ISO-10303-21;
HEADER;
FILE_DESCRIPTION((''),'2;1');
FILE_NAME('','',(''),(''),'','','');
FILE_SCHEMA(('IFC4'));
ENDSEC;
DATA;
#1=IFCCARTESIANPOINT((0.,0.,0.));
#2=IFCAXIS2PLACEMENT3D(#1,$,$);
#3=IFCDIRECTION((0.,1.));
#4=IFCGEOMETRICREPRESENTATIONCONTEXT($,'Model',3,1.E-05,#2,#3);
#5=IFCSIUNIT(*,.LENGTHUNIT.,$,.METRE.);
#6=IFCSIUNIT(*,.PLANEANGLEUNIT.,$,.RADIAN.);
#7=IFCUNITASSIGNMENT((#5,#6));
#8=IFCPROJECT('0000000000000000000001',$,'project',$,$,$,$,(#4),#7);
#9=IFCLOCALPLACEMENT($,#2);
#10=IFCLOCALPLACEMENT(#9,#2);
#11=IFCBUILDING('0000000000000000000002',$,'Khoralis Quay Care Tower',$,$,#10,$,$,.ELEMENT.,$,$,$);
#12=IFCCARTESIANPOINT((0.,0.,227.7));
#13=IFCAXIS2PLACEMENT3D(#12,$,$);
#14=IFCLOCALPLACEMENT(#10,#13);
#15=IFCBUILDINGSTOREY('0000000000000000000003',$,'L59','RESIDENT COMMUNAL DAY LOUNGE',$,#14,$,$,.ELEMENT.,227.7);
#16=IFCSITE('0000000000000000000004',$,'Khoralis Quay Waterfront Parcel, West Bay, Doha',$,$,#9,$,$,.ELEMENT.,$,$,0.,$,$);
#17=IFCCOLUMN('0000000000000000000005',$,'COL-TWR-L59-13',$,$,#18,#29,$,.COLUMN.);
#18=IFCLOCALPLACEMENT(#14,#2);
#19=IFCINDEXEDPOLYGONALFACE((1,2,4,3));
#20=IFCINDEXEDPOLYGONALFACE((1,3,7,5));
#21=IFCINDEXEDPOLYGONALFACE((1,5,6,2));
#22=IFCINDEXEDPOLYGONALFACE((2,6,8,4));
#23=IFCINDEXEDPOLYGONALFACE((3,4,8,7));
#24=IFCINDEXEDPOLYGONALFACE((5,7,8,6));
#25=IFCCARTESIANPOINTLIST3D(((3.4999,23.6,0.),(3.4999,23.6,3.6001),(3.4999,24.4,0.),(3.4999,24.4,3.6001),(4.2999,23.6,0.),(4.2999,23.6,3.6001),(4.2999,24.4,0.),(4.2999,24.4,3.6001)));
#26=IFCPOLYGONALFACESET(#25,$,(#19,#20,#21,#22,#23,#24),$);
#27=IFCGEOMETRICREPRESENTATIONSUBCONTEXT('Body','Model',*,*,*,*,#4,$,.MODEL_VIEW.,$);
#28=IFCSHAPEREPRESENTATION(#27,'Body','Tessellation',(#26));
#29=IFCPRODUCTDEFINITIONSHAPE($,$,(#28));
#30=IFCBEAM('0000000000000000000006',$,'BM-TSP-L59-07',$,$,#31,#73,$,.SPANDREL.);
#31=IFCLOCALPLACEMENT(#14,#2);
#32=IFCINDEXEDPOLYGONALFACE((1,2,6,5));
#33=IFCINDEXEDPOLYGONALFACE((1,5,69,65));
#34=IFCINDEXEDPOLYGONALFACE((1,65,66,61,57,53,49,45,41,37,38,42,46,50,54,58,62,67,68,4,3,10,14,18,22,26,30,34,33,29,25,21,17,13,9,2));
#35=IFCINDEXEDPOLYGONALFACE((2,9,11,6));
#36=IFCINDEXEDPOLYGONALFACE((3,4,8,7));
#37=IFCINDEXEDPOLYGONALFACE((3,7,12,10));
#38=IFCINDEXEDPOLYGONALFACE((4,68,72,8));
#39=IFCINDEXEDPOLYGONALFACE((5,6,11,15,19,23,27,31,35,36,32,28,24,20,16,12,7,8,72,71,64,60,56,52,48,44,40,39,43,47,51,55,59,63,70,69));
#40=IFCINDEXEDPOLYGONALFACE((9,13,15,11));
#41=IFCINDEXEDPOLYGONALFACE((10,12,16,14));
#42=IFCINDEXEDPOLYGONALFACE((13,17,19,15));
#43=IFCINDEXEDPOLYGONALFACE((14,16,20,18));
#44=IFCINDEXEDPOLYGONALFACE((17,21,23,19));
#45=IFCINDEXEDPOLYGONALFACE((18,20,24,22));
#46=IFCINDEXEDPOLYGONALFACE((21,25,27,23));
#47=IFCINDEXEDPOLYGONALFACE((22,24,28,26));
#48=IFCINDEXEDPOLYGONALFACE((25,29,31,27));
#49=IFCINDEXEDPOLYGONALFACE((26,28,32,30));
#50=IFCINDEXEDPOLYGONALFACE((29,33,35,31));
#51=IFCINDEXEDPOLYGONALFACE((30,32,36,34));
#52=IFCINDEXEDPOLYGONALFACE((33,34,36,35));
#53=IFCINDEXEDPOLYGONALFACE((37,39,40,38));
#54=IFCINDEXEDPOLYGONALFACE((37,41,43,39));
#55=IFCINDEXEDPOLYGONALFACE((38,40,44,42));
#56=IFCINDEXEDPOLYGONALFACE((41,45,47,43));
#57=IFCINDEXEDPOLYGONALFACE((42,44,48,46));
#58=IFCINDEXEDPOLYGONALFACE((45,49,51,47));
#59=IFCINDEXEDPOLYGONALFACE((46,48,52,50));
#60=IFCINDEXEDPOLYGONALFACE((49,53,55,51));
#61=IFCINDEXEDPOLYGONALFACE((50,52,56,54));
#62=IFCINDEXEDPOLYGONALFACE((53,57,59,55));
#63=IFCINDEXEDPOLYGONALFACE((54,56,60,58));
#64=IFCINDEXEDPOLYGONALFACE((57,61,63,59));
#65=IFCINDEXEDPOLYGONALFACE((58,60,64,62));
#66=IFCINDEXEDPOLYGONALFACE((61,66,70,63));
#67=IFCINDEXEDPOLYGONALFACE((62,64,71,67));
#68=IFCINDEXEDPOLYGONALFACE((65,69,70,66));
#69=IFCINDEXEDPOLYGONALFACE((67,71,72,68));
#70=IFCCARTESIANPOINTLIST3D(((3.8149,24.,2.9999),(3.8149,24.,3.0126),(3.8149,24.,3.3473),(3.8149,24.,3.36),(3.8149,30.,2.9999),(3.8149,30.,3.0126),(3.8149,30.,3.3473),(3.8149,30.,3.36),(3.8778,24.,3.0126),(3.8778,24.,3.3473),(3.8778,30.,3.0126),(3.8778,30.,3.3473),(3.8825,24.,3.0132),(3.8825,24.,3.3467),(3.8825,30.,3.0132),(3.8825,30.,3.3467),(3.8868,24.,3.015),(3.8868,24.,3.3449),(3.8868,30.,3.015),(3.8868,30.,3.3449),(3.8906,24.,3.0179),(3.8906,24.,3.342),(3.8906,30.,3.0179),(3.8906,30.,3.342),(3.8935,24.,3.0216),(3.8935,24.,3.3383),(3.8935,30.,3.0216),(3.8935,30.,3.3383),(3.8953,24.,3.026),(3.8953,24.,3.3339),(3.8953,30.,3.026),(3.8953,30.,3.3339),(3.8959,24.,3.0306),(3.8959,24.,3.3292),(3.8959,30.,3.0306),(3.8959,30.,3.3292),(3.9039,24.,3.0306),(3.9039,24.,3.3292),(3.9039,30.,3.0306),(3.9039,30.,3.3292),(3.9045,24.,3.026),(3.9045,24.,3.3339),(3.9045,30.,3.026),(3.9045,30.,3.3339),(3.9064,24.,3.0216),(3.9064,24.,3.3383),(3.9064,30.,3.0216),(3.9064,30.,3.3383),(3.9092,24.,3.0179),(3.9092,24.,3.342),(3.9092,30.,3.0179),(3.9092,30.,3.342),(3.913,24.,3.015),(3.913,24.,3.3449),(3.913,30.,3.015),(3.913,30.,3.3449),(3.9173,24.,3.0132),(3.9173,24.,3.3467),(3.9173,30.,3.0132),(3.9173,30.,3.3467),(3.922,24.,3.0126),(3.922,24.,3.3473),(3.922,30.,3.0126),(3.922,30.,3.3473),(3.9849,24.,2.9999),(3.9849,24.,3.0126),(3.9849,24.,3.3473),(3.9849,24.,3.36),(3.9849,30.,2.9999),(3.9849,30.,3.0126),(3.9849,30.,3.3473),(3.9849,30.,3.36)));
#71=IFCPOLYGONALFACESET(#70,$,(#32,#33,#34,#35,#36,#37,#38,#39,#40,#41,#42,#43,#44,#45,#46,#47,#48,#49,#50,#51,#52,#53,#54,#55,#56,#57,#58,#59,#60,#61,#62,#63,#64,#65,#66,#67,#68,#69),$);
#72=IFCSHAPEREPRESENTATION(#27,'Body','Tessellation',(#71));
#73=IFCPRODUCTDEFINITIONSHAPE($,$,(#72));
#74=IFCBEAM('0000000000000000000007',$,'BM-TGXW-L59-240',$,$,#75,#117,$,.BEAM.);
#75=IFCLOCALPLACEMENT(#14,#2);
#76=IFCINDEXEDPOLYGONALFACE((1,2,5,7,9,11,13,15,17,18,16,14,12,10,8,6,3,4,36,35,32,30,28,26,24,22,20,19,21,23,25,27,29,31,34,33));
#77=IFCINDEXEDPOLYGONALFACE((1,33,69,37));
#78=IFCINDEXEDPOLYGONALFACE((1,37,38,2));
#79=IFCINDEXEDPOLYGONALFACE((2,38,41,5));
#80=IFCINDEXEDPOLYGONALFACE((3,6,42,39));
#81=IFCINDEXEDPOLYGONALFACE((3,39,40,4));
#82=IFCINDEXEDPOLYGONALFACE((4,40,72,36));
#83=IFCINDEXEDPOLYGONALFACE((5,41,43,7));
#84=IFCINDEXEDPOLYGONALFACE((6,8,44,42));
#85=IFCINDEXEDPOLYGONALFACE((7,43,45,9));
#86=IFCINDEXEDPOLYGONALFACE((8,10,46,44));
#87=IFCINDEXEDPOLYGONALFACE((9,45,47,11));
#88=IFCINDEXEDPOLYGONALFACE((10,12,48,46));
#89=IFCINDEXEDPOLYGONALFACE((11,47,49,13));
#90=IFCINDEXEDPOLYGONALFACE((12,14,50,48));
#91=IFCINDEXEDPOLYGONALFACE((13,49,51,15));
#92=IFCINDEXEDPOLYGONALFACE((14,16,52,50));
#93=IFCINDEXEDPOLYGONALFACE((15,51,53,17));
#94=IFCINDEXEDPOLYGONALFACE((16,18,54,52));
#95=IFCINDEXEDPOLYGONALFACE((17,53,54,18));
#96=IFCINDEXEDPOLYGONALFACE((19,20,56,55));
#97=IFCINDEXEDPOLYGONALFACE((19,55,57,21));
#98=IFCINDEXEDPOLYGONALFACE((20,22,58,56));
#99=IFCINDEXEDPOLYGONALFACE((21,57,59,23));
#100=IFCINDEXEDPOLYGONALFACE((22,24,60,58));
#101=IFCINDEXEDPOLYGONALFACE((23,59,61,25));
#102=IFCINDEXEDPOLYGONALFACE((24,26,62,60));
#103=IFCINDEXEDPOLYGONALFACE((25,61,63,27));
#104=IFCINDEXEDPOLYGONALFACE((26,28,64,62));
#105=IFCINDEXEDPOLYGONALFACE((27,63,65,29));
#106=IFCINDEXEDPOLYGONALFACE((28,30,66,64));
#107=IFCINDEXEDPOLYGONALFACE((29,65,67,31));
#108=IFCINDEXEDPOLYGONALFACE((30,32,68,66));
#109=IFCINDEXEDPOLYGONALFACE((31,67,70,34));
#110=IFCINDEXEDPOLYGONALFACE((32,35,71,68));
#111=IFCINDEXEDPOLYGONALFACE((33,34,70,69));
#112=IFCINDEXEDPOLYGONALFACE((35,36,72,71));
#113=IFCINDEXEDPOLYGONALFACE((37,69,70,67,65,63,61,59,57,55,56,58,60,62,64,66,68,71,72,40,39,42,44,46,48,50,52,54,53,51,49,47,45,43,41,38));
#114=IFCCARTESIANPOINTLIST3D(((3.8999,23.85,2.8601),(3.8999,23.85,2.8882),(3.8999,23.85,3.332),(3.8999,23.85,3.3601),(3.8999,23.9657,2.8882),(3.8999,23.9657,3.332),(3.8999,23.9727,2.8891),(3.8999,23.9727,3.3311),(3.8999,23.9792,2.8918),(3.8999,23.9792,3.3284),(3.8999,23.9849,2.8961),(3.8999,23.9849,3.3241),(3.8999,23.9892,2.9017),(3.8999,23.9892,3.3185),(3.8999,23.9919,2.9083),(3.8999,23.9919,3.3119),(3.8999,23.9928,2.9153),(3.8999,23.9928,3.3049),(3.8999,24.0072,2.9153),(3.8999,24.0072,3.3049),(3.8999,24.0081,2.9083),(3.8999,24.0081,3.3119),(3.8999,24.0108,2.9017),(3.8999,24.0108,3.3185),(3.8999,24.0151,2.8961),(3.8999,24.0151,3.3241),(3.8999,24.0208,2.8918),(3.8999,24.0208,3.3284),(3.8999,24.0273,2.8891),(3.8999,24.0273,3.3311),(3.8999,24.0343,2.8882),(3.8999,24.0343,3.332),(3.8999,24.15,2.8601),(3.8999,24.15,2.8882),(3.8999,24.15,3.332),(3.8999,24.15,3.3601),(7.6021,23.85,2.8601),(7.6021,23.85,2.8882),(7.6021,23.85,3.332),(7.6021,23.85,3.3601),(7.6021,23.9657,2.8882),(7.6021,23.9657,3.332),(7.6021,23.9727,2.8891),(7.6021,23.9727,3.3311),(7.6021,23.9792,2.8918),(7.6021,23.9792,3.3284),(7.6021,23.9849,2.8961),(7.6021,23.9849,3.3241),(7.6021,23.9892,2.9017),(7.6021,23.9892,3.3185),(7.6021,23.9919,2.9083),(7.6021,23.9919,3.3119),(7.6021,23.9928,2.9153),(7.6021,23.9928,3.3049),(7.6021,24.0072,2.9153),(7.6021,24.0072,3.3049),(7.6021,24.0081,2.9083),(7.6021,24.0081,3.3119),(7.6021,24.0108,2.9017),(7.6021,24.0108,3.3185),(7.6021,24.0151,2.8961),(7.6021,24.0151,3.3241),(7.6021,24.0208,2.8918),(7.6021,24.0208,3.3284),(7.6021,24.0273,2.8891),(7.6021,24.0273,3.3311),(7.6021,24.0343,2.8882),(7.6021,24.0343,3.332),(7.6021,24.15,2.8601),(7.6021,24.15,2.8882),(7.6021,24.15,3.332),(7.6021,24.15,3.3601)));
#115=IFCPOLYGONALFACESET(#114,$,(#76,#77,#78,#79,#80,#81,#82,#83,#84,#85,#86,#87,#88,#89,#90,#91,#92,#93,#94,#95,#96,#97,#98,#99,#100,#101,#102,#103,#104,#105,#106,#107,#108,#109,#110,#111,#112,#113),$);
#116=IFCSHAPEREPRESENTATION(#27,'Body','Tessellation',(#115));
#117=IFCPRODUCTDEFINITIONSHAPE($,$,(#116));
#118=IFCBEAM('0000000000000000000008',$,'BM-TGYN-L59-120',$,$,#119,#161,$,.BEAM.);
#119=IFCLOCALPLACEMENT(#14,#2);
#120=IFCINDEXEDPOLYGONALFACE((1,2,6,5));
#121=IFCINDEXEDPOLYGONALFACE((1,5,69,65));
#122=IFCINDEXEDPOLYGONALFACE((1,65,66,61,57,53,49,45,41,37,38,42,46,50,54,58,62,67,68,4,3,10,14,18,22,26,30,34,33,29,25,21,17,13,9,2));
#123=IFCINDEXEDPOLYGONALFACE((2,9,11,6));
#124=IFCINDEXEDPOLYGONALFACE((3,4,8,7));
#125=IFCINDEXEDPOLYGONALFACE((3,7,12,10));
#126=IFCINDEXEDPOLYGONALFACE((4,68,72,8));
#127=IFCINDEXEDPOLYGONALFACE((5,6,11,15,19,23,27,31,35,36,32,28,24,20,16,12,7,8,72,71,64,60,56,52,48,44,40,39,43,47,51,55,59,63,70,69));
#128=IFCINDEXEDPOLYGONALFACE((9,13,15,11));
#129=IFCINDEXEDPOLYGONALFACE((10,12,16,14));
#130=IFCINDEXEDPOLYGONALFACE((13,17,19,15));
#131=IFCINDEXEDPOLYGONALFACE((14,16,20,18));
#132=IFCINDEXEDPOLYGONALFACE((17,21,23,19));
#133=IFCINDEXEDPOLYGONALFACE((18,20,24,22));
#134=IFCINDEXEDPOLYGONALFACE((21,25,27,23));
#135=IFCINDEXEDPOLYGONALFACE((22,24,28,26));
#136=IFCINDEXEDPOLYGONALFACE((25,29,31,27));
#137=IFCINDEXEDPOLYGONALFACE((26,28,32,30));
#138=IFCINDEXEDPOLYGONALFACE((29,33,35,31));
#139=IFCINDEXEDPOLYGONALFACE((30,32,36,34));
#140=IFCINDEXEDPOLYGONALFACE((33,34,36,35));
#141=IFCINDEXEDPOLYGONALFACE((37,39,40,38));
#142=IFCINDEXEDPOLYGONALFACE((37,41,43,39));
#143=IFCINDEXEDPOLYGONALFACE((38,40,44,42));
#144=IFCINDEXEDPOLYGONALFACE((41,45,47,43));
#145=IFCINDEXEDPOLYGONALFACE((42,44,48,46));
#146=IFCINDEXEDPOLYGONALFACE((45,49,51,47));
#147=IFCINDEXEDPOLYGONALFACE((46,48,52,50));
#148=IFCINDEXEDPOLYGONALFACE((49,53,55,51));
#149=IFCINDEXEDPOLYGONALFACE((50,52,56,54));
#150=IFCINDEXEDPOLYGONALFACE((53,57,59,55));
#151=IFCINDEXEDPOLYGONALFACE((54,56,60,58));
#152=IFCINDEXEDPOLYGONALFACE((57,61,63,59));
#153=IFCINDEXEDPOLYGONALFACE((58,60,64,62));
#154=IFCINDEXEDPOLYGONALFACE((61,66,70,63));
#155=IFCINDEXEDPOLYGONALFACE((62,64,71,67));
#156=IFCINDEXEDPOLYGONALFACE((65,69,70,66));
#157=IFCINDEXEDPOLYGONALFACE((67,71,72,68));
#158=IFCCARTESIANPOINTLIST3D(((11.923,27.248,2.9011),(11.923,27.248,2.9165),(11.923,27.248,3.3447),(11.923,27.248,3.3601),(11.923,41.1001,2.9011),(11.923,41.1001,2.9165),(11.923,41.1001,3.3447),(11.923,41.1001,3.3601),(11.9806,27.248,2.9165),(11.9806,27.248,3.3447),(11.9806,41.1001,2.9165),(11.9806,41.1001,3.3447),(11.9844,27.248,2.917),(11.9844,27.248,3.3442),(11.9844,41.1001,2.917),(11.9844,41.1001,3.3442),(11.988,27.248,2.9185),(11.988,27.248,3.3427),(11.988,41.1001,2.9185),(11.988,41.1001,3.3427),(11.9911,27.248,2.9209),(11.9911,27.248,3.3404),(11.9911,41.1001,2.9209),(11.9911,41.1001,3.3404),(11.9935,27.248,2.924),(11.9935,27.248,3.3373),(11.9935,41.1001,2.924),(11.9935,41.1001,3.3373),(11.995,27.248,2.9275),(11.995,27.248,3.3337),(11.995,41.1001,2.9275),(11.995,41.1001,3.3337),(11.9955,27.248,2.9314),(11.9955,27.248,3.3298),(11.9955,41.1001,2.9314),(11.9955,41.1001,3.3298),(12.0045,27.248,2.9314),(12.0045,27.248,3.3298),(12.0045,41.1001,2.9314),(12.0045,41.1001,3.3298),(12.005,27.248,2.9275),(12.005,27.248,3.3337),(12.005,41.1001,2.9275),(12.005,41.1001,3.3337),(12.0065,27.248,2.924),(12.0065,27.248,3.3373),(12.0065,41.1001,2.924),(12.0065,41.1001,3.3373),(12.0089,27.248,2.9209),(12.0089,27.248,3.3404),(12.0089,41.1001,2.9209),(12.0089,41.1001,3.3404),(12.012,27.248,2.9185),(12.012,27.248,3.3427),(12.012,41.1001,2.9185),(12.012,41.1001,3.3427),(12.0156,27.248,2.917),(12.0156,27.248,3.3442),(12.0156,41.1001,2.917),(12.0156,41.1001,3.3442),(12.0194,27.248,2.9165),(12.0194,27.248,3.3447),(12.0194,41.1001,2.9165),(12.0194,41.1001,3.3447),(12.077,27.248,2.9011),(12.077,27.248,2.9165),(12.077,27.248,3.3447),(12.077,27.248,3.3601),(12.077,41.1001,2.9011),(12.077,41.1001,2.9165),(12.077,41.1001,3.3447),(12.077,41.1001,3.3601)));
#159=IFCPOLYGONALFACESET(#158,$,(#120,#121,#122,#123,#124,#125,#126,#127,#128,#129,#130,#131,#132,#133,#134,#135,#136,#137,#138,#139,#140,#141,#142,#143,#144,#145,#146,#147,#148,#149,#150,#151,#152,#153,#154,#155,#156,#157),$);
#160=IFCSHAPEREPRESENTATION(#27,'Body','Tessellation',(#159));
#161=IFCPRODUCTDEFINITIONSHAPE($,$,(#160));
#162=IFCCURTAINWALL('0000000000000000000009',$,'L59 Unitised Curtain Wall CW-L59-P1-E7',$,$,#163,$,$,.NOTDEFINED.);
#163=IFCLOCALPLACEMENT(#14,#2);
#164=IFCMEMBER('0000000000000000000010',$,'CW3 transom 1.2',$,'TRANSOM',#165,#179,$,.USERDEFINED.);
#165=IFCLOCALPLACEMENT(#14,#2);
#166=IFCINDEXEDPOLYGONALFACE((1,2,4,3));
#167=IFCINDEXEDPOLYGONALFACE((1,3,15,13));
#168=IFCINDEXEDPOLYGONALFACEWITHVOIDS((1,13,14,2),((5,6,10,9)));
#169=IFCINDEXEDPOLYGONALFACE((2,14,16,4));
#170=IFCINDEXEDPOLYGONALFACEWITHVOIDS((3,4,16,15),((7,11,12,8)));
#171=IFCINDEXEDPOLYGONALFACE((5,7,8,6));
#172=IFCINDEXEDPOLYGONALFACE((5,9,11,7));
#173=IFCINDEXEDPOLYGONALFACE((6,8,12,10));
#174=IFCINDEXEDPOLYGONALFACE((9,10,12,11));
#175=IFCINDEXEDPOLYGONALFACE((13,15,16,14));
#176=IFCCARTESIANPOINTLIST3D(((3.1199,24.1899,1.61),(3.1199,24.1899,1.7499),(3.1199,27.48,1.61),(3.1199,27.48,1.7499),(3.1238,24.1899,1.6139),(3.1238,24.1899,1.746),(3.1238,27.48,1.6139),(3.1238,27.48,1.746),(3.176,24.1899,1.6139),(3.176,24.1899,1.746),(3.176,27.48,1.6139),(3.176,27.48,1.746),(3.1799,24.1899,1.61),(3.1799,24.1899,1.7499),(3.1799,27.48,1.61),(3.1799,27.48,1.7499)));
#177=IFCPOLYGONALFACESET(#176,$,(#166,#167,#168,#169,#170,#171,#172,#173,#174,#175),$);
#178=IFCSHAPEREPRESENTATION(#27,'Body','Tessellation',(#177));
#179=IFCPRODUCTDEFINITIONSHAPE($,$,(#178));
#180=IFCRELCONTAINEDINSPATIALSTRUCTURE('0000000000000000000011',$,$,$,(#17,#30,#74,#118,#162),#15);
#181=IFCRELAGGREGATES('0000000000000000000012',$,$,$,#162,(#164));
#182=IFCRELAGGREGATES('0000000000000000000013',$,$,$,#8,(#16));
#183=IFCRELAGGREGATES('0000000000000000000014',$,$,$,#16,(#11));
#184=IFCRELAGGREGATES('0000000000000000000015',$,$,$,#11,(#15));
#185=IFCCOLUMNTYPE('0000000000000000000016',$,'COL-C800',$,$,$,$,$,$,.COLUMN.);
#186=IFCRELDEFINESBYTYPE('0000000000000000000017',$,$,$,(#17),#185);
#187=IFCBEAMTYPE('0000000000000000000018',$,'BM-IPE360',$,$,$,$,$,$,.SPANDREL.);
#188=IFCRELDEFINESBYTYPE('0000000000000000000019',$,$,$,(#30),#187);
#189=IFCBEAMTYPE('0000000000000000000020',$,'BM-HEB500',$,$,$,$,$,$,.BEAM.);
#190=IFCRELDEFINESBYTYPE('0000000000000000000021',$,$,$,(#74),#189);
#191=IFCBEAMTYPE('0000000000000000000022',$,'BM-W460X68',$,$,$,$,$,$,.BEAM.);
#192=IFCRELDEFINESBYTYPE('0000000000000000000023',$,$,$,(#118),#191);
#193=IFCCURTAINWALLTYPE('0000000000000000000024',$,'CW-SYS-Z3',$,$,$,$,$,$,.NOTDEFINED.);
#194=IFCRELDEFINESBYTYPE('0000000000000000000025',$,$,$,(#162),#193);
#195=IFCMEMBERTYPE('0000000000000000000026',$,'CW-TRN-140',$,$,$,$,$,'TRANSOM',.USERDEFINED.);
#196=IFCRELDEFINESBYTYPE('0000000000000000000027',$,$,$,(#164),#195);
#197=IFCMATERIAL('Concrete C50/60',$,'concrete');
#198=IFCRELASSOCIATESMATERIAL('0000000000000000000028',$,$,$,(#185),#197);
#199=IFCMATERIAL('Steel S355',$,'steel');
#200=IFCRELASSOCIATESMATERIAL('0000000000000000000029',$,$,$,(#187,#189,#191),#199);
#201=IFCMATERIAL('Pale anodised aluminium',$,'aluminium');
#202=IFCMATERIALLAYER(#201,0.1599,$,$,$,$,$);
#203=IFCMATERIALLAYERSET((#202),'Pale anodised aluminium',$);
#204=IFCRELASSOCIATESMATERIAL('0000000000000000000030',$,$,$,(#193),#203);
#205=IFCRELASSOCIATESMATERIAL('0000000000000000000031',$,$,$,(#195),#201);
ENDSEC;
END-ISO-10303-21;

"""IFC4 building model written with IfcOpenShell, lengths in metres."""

from ifc_helpers import new_model, si_unit, direction, frame, origin, origin_2d, place, context, subcontext, project, spatial, rectangle, hollow_rectangle, i_section, extrude, source, transform, mapped, material, layer, layer_set, material_profile, profile_set, type_object, element, aggregate, save


model = new_model("IFC4")

# Units and contexts
model_context = context("Model", 3, precision=1e-05, world=origin(), true_north=direction((0.0, 1.0)))
body_context = subcontext(model_context, "Body", "Model", "MODEL_VIEW")
ifc_project = project(units=[si_unit("LENGTHUNIT", "METRE"), si_unit("PLANEANGLEUNIT", "RADIAN")], contexts=[model_context])

# Site, building, storey
site_placement = place(None, origin())
site = spatial("IfcSite", under=ifc_project, at=site_placement, Name="Khoralis Quay Waterfront Parcel, West Bay, Doha", CompositionType="ELEMENT", RefElevation=0.0)
building_placement = place(site_placement, origin())
building = spatial("IfcBuilding", under=site, at=building_placement, Name="Khoralis Quay Care Tower", CompositionType="ELEMENT")
storey_placement = place(building_placement, frame((0.0, 0.0, 227.7)))
storey = spatial("IfcBuildingStorey", under=building, at=storey_placement, Name="L59", Description="RESIDENT COMMUNAL DAY LOUNGE", CompositionType="ELEMENT", Elevation=227.7)

# Column
ifc_material_1 = material(Name="Concrete C50/60", Category="concrete")
ifc_material_profile_1 = material_profile(ifc_material_1, rectangle(XDim=0.8, YDim=0.8, at=origin_2d()), Name="Concrete C50/60")
ifc_profile_set_1 = profile_set([ifc_material_profile_1], Name="Concrete C50/60")
column_type = type_object("IfcColumnType", Name="COL-C800", PredefinedType="COLUMN", material=ifc_profile_set_1)
shared_shape_1 = source(origin(), body_context, "Body", "SweptSolid", [
    extrude(rectangle(XDim=0.8, YDim=0.8, at=origin_2d()), origin(), (0.0, 0.0, 1.0), 3.6001),
])
column_placement = place(storey_placement, frame((3.8999, 24.0, 0.0), z_axis=(0.0, 0.0, 1.0), x_axis=(1.0, 0.0, 0.0)))
element("IfcColumn", 1, at=column_placement, inside=storey, type_object=column_type, Name="COL-TWR-L59-13", PredefinedType="COLUMN", context=body_context, shape_type="MappedRepresentation", body=[
    mapped(shared_shape_1, transform((0.0, 0.0, 0.0), scale=1.0)),
])

# Beams
ifc_material_2 = material(Name="Steel S355", Category="steel")
ifc_material_profile_2 = material_profile(ifc_material_2, i_section(OverallWidth=0.1699, OverallDepth=0.3601, WebThickness=0.0081, FlangeThickness=0.0127, FilletRadius=0.0181, at=origin_2d()), Name="Steel S355")
ifc_profile_set_2 = profile_set([ifc_material_profile_2], Name="Steel S355")
beam_type_1 = type_object("IfcBeamType", Name="BM-IPE360", PredefinedType="SPANDREL", material=ifc_profile_set_2)
shared_shape_2 = source(origin(), body_context, "Body", "SweptSolid", [
    extrude(i_section(OverallWidth=0.1699, OverallDepth=0.3601, WebThickness=0.0081, FlangeThickness=0.0127, FilletRadius=0.0181, at=origin_2d()), origin(), (0.0, 0.0, 1.0), 6.0),
])
beam_1_placement = place(storey_placement, frame((3.8999, 24.0, 3.1799), z_axis=(0.0, 1.0, 0.0), x_axis=(-1.0, 0.0, 0.0)))
element("IfcBeam", 2, at=beam_1_placement, inside=storey, type_object=beam_type_1, Name="BM-TSP-L59-07", PredefinedType="SPANDREL", context=body_context, shape_type="MappedRepresentation", body=[
    mapped(shared_shape_2, transform((0.0, 0.0, 0.0), scale=1.0)),
])
ifc_material_profile_3 = material_profile(ifc_material_2, i_section(OverallWidth=0.3, OverallDepth=0.5, WebThickness=0.0144, FlangeThickness=0.0281, FilletRadius=0.0271, at=origin_2d()), Name="Steel S355")
ifc_profile_set_3 = profile_set([ifc_material_profile_3], Name="Steel S355")
beam_type_2 = type_object("IfcBeamType", Name="BM-HEB500", PredefinedType="BEAM", material=ifc_profile_set_3)
shared_shape_3 = source(origin(), body_context, "Body", "SweptSolid", [
    extrude(i_section(OverallWidth=0.3, OverallDepth=0.5, WebThickness=0.0144, FlangeThickness=0.0281, FilletRadius=0.0271, at=origin_2d()), origin(), (0.0, 0.0, 1.0), 3.7021),
])
beam_2_placement = place(storey_placement, frame((3.8999, 24.0, 3.1101), z_axis=(1.0, 0.0, 0.0), x_axis=(0.0, 1.0, 0.0)))
element("IfcBeam", 3, at=beam_2_placement, inside=storey, type_object=beam_type_2, Name="BM-TGXW-L59-240", PredefinedType="BEAM", context=body_context, shape_type="MappedRepresentation", body=[
    mapped(shared_shape_3, transform((0.0, 0.0, 0.0), scale=1.0)),
])
ifc_material_profile_4 = material_profile(ifc_material_2, i_section(OverallWidth=0.1541, OverallDepth=0.459, WebThickness=0.009, FlangeThickness=0.0154, FilletRadius=0.0149, at=origin_2d()), Name="Steel S355")
ifc_profile_set_4 = profile_set([ifc_material_profile_4], Name="Steel S355")
beam_type_3 = type_object("IfcBeamType", Name="BM-W460X68", PredefinedType="BEAM", material=ifc_profile_set_4)
shared_shape_4 = source(origin(), body_context, "Body", "SweptSolid", [
    extrude(i_section(OverallWidth=0.1541, OverallDepth=0.459, WebThickness=0.009, FlangeThickness=0.0154, FilletRadius=0.0149, at=origin_2d()), origin(), (0.0, 0.0, 1.0), 13.8521),
])
beam_3_placement = place(storey_placement, frame((12.0, 27.248, 3.1306), z_axis=(0.0, 1.0, 0.0), x_axis=(-1.0, 0.0, 0.0)))
element("IfcBeam", 4, at=beam_3_placement, inside=storey, type_object=beam_type_3, Name="BM-TGYN-L59-120", PredefinedType="BEAM", context=body_context, shape_type="MappedRepresentation", body=[
    mapped(shared_shape_4, transform((0.0, 0.0, 0.0), scale=1.0)),
])

# Curtain wall, member
ifc_material_3 = material(Name="Pale anodised aluminium", Category="aluminium")
ifc_layer_1 = layer(ifc_material_3, 0.1599)
ifc_layer_set_1 = layer_set([ifc_layer_1], Name="Pale anodised aluminium")
curtain_wall_type_1 = type_object("IfcCurtainWallType", Name="CW-SYS-Z3", PredefinedType="NOTDEFINED", material=ifc_layer_set_1)
curtain_wall_1_placement = place(storey_placement, origin())
curtain_wall_1 = element("IfcCurtainWall", 5, at=curtain_wall_1_placement, inside=storey, type_object=curtain_wall_type_1, Name="L59 Unitised Curtain Wall CW-L59-P1-E7", PredefinedType="NOTDEFINED")
ifc_material_profile_5 = material_profile(ifc_material_3, hollow_rectangle(XDim=0.0601, YDim=0.1399, WallThickness=0.0039, at=origin_2d()), Name="Pale anodised aluminium")
ifc_profile_set_5 = profile_set([ifc_material_profile_5], Name="Pale anodised aluminium")
member_type_1 = type_object("IfcMemberType", Name="CW-TRN-140", ElementType="TRANSOM", PredefinedType="USERDEFINED", material=ifc_profile_set_5)
shared_shape_5 = source(origin(), body_context, "Body", "SweptSolid", [
    extrude(hollow_rectangle(XDim=0.0601, YDim=0.1399, WallThickness=0.0039, at=origin_2d()), origin(), (0.0, 0.0, 1.0), 3.29),
])
member_1_placement = place(storey_placement, frame((3.1499, 27.48, 1.6799), z_axis=(0.0, -1.0, 0.0), x_axis=(1.0, 0.0, 0.0)))
member_1 = element("IfcMember", 6, at=member_1_placement, type_object=member_type_1, Name="CW3 transom 1.2", ObjectType="TRANSOM", PredefinedType="USERDEFINED", context=body_context, shape_type="MappedRepresentation", body=[
    mapped(shared_shape_5, transform((0.0, 0.0, 0.0), scale=1.0)),
])

aggregate(curtain_wall_1, [member_1])

save(model, "model.ifc")
